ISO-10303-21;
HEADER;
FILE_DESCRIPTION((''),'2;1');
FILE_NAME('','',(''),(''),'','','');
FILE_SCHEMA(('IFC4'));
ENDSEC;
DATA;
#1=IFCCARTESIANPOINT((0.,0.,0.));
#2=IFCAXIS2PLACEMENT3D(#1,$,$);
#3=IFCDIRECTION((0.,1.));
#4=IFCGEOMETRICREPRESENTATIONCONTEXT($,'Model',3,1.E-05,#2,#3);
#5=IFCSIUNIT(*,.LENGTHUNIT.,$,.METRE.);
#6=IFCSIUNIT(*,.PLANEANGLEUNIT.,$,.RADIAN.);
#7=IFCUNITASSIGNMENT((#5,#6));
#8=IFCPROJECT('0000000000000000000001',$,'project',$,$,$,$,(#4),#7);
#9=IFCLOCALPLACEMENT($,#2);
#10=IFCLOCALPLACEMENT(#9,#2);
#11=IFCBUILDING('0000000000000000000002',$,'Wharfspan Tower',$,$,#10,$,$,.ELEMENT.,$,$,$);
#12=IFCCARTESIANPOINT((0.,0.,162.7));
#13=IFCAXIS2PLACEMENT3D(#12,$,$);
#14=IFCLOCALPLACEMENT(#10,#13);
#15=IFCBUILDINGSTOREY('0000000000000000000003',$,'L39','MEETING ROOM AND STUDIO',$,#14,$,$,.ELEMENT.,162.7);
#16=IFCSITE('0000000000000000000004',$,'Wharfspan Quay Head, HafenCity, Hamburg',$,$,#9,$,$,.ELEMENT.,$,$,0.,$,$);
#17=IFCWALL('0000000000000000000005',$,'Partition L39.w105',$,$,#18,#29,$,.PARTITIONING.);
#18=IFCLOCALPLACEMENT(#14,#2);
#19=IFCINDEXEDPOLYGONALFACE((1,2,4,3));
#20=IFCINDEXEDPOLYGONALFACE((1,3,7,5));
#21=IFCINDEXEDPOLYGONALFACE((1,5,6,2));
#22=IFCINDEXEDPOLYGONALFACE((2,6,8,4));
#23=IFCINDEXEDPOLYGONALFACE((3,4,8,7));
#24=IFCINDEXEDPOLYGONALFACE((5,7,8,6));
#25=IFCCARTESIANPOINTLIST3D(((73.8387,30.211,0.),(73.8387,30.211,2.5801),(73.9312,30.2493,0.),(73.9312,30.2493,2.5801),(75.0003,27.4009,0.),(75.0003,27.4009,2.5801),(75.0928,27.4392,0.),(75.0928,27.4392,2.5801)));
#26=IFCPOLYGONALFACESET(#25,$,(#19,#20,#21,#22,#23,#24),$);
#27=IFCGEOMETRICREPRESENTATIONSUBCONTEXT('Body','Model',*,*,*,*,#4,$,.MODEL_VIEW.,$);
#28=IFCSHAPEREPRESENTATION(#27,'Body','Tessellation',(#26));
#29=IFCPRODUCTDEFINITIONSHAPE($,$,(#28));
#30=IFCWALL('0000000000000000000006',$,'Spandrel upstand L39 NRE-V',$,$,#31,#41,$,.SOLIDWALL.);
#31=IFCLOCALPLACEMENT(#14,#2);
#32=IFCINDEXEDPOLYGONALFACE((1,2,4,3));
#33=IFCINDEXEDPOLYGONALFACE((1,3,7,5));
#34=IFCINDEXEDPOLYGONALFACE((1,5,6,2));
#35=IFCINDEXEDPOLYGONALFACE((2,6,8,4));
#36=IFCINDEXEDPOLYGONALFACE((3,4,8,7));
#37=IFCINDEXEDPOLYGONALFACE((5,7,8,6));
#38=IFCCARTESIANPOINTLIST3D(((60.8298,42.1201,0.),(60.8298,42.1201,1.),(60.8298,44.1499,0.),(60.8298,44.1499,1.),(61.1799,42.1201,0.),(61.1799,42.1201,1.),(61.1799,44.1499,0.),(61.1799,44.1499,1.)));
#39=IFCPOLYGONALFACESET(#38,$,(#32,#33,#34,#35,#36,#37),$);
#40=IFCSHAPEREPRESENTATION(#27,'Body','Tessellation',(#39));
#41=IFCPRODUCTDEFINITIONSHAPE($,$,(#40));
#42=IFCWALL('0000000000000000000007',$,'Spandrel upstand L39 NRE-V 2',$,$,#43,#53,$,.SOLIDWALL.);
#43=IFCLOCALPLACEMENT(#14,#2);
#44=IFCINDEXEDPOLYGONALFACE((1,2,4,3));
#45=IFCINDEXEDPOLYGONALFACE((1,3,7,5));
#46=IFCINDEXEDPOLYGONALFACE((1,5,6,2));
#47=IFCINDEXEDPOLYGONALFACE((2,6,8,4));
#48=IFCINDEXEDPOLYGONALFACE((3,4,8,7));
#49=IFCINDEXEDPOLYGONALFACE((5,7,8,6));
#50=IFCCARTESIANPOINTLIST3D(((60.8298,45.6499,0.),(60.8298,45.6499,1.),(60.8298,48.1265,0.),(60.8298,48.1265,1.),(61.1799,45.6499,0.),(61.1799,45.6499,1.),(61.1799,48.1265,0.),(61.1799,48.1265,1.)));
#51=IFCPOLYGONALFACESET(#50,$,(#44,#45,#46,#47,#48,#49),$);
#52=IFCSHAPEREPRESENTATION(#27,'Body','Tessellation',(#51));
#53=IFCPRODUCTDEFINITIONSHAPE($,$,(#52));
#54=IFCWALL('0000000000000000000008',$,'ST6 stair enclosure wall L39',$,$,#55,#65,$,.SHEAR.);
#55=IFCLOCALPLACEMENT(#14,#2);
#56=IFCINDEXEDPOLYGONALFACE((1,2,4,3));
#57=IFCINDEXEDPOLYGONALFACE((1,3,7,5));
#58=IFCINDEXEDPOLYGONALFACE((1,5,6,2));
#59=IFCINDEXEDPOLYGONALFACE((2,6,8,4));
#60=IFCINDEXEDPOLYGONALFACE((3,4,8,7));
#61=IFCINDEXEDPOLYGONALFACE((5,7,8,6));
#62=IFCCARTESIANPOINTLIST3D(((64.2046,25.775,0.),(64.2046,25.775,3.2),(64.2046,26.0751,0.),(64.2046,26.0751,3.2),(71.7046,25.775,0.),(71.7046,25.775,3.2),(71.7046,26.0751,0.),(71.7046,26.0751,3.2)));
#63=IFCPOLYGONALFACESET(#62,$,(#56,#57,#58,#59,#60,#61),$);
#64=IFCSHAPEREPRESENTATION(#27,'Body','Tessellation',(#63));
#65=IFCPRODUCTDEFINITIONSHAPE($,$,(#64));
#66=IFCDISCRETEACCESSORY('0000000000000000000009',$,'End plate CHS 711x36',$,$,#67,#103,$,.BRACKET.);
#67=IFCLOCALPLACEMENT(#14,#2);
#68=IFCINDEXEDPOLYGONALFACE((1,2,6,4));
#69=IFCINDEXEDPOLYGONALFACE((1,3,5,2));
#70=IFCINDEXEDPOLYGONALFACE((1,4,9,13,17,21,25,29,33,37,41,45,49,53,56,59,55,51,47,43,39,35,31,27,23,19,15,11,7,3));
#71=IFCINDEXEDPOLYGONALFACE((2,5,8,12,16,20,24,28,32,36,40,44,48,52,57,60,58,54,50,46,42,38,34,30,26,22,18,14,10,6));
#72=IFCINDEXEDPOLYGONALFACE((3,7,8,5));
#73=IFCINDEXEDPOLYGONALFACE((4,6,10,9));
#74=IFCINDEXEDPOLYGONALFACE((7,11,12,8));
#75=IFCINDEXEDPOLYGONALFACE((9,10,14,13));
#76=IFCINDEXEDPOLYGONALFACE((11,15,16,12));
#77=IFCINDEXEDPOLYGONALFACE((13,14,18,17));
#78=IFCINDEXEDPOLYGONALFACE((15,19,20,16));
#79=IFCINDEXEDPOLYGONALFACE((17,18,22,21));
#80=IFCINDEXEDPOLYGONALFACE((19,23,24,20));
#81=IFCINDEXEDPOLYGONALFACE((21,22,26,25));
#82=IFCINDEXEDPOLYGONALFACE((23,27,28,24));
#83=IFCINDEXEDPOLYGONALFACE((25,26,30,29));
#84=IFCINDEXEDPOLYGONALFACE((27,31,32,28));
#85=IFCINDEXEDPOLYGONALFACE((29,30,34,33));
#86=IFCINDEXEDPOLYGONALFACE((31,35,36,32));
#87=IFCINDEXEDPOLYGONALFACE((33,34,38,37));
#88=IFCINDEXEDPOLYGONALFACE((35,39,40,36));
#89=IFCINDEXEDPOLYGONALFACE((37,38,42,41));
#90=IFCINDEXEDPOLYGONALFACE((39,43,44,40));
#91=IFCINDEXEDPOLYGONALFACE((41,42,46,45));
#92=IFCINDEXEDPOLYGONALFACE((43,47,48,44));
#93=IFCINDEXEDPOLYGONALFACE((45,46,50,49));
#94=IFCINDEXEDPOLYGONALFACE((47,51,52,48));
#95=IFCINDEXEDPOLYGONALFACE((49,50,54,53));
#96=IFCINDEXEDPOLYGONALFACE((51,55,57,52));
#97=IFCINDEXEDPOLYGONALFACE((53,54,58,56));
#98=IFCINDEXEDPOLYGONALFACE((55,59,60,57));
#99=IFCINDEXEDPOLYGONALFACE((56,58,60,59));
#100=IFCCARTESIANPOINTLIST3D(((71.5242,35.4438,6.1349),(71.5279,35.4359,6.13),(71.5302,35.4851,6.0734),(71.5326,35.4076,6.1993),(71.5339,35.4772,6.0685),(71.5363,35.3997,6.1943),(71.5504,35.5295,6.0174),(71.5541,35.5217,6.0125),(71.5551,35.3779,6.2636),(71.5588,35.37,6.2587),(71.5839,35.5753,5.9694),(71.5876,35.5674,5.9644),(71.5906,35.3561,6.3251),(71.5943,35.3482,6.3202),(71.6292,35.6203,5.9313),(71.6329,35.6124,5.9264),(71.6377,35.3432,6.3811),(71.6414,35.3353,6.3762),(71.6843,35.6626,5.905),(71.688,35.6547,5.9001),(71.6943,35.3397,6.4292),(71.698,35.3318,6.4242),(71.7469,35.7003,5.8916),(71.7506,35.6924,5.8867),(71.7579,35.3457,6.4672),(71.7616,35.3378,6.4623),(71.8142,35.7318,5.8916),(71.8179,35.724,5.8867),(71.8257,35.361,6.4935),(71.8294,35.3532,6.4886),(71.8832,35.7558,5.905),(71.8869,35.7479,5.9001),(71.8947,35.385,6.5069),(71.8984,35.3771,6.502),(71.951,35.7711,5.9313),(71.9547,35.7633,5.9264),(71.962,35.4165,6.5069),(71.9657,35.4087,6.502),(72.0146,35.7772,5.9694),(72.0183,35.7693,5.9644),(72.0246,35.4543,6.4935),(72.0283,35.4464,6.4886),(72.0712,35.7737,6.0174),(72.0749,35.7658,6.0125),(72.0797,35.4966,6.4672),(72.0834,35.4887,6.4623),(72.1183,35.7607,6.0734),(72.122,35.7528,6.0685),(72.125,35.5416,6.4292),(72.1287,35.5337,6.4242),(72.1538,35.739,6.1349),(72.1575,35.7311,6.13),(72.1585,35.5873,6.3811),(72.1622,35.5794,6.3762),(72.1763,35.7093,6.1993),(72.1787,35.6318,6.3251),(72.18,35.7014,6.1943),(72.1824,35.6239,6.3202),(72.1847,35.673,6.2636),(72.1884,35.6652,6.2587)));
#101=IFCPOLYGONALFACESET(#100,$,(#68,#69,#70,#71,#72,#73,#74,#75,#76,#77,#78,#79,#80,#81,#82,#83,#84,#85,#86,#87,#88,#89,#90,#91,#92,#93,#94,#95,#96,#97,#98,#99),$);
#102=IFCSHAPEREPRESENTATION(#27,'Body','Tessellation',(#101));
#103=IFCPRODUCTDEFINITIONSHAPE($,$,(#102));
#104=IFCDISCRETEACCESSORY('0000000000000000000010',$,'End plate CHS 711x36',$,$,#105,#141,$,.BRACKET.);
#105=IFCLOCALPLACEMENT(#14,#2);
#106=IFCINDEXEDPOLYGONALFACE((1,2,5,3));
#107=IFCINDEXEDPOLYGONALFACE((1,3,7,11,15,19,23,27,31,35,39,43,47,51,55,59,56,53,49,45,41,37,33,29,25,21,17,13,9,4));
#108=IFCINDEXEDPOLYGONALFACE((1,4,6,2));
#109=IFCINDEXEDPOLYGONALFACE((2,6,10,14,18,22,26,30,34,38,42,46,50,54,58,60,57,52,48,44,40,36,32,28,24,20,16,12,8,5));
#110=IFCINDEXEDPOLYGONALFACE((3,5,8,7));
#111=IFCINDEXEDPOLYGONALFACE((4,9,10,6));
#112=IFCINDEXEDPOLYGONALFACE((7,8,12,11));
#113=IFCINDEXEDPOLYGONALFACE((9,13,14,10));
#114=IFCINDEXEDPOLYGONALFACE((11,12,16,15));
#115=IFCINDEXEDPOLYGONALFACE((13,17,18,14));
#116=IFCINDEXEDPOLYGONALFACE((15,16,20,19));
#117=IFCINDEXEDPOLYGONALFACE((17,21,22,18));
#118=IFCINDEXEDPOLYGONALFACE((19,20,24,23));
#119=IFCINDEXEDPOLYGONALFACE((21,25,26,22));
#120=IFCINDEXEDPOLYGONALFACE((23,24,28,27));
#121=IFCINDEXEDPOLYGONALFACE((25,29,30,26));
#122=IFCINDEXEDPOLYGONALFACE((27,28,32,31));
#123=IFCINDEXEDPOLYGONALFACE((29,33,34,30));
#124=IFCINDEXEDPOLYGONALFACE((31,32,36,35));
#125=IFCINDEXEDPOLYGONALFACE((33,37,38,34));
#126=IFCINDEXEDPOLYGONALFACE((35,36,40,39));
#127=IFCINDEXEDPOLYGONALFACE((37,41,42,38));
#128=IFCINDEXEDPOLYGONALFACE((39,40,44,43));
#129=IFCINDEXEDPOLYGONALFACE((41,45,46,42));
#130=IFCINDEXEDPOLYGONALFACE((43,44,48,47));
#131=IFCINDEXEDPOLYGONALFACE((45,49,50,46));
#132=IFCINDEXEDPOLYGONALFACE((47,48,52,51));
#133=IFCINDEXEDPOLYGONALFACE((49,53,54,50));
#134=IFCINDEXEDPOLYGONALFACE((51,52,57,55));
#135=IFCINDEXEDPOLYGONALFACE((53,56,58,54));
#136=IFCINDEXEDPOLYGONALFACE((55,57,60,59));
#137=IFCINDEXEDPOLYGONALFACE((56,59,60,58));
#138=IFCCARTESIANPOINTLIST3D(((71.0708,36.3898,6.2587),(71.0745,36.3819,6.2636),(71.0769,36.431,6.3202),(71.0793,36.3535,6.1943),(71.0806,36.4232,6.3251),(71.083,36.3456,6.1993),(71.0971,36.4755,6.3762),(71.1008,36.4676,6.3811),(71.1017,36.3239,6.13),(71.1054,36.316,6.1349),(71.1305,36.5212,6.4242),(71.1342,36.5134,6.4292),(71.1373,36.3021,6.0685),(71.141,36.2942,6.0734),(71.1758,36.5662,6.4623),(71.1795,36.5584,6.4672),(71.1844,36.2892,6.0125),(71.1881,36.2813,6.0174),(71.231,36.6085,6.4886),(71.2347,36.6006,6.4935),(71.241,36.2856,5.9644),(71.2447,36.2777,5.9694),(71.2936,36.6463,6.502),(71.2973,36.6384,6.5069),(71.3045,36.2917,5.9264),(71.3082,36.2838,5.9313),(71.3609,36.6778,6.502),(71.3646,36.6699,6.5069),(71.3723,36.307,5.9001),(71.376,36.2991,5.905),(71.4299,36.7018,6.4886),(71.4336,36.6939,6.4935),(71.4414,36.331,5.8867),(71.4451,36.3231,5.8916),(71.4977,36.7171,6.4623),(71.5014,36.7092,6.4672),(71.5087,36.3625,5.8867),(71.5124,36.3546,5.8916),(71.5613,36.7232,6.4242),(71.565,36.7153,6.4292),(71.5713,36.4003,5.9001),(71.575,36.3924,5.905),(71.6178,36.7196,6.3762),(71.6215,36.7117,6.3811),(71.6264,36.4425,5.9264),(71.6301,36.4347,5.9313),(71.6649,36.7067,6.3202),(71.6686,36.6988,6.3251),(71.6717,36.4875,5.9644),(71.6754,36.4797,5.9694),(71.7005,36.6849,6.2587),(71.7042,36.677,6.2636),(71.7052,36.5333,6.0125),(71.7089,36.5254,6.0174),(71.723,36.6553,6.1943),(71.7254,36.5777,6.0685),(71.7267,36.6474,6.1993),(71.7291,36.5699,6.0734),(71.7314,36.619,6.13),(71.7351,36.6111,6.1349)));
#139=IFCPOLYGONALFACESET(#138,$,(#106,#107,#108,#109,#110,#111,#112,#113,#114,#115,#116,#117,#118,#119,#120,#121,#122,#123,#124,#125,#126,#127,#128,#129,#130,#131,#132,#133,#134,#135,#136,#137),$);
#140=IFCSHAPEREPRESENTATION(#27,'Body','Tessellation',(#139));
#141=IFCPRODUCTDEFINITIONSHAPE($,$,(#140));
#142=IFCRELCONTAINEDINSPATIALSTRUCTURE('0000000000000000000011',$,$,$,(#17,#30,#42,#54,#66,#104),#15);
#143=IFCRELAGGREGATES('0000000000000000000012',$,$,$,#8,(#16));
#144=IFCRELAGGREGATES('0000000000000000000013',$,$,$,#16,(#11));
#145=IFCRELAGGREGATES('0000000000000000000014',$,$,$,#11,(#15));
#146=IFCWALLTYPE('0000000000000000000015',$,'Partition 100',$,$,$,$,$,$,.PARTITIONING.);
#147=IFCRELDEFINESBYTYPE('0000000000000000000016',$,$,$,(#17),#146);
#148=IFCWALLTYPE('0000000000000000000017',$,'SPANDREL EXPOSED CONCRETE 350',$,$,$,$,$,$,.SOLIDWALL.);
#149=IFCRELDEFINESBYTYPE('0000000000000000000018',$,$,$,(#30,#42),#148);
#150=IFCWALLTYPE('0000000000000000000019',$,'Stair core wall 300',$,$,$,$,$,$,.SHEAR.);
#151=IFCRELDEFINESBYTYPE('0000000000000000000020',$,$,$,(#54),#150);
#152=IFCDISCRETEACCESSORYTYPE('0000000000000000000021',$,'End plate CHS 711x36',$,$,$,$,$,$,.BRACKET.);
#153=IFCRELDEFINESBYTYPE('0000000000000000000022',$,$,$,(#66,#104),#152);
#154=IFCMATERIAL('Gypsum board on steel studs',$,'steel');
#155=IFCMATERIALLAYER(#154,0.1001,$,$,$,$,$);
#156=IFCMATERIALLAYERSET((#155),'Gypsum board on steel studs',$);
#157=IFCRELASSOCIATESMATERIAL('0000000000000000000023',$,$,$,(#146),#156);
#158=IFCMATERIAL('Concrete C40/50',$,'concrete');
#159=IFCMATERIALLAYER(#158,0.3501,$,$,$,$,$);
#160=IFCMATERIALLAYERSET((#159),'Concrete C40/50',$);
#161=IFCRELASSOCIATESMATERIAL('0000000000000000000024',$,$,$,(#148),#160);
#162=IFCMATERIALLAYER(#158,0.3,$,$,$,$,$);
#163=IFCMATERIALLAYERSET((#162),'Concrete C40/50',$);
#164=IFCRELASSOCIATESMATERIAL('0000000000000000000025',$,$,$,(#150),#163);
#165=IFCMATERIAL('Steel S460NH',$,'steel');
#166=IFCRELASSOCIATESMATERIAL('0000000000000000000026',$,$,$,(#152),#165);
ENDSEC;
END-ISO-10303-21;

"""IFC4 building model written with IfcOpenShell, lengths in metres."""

from ifc_helpers import new_model, si_unit, direction, frame, frame_2d, origin, origin_2d, place, context, subcontext, project, spatial, rectangle, circle, extrude, material, layer, layer_set, material_profile, profile_set, type_object, element, save


model = new_model("IFC4")

# Units and contexts
model_context = context("Model", 3, precision=1e-05, world=origin(), true_north=direction((0.0, 1.0)))
body_context = subcontext(model_context, "Body", "Model", "MODEL_VIEW")
ifc_project = project(units=[si_unit("LENGTHUNIT", "METRE"), si_unit("PLANEANGLEUNIT", "RADIAN")], contexts=[model_context])

# Site, building, storey
site_placement = place(None, origin())
site = spatial("IfcSite", under=ifc_project, at=site_placement, Name="Wharfspan Quay Head, HafenCity, Hamburg", CompositionType="ELEMENT", RefElevation=0.0)
building_placement = place(site_placement, origin())
building = spatial("IfcBuilding", under=site, at=building_placement, Name="Wharfspan Tower", CompositionType="ELEMENT")
storey_placement = place(building_placement, frame((0.0, 0.0, 162.7)))
storey = spatial("IfcBuildingStorey", under=building, at=storey_placement, Name="L39", Description="MEETING ROOM AND STUDIO", CompositionType="ELEMENT", Elevation=162.7)

# Shared definitions
ifc_material_1 = material(Name="Steel S460NH", Category="steel")

# Walls
ifc_material_2 = material(Name="Gypsum board on steel studs", Category="steel")
ifc_layer_1 = layer(ifc_material_2, 0.1001)
ifc_layer_set_1 = layer_set([ifc_layer_1], Name="Gypsum board on steel studs")
wall_type_1 = type_object("IfcWallType", Name="Partition 100", PredefinedType="PARTITIONING", material=ifc_layer_set_1)
wall_1_placement = place(storey_placement, frame((75.0466, 27.4199, 0.0), z_axis=(0.0, 0.0, 1.0), x_axis=(-0.382024, 0.924148, 0.0)))
element("IfcWall", 1, at=wall_1_placement, inside=storey, type_object=wall_type_1, Name="Partition L39.w105", PredefinedType="PARTITIONING", context=body_context, shape_type="SweptSolid", body=[
    extrude(rectangle(XDim=3.0408, YDim=0.1001, at=frame_2d((1.5205, 0.0))), origin(), (0.0, 0.0, 1.0), 2.5801),
])
ifc_material_3 = material(Name="Concrete C40/50", Category="concrete")
ifc_layer_2 = layer(ifc_material_3, 0.3501)
ifc_layer_set_2 = layer_set([ifc_layer_2], Name="Concrete C40/50")
wall_type_2 = type_object("IfcWallType", Name="SPANDREL EXPOSED CONCRETE 350", PredefinedType="SOLIDWALL", material=ifc_layer_set_2)
wall_2_placement = place(storey_placement, frame((61.0049, 42.1201, 0.0), z_axis=(0.0, 0.0, 1.0), x_axis=(0.0, 1.0, 0.0)))
element("IfcWall", 2, at=wall_2_placement, inside=storey, type_object=wall_type_2, Name="Spandrel upstand L39 NRE-V", PredefinedType="SOLIDWALL", context=body_context, shape_type="SweptSolid", body=[
    extrude(rectangle(XDim=2.0298, YDim=0.3501, at=frame_2d((1.0149, 0.0))), origin(), (0.0, 0.0, 1.0), 1.0),
])
wall_3_placement = place(storey_placement, frame((61.0049, 45.6499, 0.0), z_axis=(0.0, 0.0, 1.0), x_axis=(0.0, 1.0, 0.0)))
element("IfcWall", 3, at=wall_3_placement, inside=storey, type_object=wall_type_2, Name="Spandrel upstand L39 NRE-V 2", PredefinedType="SOLIDWALL", context=body_context, shape_type="SweptSolid", body=[
    extrude(rectangle(XDim=2.4766, YDim=0.3501, at=frame_2d((1.2383, 0.0))), origin(), (0.0, 0.0, 1.0), 1.0),
])
ifc_layer_3 = layer(ifc_material_3, 0.3)
ifc_layer_set_3 = layer_set([ifc_layer_3], Name="Concrete C40/50")
wall_type_3 = type_object("IfcWallType", Name="Stair core wall 300", PredefinedType="SHEAR", material=ifc_layer_set_3)
wall_4_placement = place(storey_placement, frame((64.2046, 25.925, 0.0), z_axis=(0.0, 0.0, 1.0), x_axis=(1.0, 0.0, 0.0)))
element("IfcWall", 4, at=wall_4_placement, inside=storey, type_object=wall_type_3, Name="ST6 stair enclosure wall L39", PredefinedType="SHEAR", context=body_context, shape_type="SweptSolid", body=[
    extrude(rectangle(XDim=7.5, YDim=0.3, at=frame_2d((3.75, 0.0))), origin(), (0.0, 0.0, 1.0), 3.2),
])

# Discrete accessories
ifc_material_profile_1 = material_profile(ifc_material_1, circle(Radius=0.3555, at=origin_2d()))
ifc_profile_set_1 = profile_set([ifc_material_profile_1], Name="Steel S460NH")
discrete_accessory_type = type_object("IfcDiscreteAccessoryType", Name="End plate CHS 711x36", PredefinedType="BRACKET", material=ifc_profile_set_1)
for number, where, z_axis, x_axis, name in (
    (5, (71.8582, 35.5505, 6.1943), (-0.369386, 0.788024, 0.492515), (-0.905459, -0.424433, -0.000001), "End plate CHS 711x36"),
    (6, (71.4011, 36.5044, 6.1943), (0.369386, -0.788024, 0.492515), (0.905459, 0.424433, -0.000001), "End plate CHS 711x36"),
):
    element("IfcDiscreteAccessory", number, at=place(storey_placement, frame(where, z_axis=z_axis, x_axis=x_axis)), inside=storey, type_object=discrete_accessory_type, Name=name, PredefinedType="BRACKET", context=body_context, shape_type="SweptSolid", body=[
        extrude(circle(Radius=0.3555, at=origin_2d()), origin(), (0.0, 0.0, 1.0), 0.01),
    ])

save(model, "model.ifc")
